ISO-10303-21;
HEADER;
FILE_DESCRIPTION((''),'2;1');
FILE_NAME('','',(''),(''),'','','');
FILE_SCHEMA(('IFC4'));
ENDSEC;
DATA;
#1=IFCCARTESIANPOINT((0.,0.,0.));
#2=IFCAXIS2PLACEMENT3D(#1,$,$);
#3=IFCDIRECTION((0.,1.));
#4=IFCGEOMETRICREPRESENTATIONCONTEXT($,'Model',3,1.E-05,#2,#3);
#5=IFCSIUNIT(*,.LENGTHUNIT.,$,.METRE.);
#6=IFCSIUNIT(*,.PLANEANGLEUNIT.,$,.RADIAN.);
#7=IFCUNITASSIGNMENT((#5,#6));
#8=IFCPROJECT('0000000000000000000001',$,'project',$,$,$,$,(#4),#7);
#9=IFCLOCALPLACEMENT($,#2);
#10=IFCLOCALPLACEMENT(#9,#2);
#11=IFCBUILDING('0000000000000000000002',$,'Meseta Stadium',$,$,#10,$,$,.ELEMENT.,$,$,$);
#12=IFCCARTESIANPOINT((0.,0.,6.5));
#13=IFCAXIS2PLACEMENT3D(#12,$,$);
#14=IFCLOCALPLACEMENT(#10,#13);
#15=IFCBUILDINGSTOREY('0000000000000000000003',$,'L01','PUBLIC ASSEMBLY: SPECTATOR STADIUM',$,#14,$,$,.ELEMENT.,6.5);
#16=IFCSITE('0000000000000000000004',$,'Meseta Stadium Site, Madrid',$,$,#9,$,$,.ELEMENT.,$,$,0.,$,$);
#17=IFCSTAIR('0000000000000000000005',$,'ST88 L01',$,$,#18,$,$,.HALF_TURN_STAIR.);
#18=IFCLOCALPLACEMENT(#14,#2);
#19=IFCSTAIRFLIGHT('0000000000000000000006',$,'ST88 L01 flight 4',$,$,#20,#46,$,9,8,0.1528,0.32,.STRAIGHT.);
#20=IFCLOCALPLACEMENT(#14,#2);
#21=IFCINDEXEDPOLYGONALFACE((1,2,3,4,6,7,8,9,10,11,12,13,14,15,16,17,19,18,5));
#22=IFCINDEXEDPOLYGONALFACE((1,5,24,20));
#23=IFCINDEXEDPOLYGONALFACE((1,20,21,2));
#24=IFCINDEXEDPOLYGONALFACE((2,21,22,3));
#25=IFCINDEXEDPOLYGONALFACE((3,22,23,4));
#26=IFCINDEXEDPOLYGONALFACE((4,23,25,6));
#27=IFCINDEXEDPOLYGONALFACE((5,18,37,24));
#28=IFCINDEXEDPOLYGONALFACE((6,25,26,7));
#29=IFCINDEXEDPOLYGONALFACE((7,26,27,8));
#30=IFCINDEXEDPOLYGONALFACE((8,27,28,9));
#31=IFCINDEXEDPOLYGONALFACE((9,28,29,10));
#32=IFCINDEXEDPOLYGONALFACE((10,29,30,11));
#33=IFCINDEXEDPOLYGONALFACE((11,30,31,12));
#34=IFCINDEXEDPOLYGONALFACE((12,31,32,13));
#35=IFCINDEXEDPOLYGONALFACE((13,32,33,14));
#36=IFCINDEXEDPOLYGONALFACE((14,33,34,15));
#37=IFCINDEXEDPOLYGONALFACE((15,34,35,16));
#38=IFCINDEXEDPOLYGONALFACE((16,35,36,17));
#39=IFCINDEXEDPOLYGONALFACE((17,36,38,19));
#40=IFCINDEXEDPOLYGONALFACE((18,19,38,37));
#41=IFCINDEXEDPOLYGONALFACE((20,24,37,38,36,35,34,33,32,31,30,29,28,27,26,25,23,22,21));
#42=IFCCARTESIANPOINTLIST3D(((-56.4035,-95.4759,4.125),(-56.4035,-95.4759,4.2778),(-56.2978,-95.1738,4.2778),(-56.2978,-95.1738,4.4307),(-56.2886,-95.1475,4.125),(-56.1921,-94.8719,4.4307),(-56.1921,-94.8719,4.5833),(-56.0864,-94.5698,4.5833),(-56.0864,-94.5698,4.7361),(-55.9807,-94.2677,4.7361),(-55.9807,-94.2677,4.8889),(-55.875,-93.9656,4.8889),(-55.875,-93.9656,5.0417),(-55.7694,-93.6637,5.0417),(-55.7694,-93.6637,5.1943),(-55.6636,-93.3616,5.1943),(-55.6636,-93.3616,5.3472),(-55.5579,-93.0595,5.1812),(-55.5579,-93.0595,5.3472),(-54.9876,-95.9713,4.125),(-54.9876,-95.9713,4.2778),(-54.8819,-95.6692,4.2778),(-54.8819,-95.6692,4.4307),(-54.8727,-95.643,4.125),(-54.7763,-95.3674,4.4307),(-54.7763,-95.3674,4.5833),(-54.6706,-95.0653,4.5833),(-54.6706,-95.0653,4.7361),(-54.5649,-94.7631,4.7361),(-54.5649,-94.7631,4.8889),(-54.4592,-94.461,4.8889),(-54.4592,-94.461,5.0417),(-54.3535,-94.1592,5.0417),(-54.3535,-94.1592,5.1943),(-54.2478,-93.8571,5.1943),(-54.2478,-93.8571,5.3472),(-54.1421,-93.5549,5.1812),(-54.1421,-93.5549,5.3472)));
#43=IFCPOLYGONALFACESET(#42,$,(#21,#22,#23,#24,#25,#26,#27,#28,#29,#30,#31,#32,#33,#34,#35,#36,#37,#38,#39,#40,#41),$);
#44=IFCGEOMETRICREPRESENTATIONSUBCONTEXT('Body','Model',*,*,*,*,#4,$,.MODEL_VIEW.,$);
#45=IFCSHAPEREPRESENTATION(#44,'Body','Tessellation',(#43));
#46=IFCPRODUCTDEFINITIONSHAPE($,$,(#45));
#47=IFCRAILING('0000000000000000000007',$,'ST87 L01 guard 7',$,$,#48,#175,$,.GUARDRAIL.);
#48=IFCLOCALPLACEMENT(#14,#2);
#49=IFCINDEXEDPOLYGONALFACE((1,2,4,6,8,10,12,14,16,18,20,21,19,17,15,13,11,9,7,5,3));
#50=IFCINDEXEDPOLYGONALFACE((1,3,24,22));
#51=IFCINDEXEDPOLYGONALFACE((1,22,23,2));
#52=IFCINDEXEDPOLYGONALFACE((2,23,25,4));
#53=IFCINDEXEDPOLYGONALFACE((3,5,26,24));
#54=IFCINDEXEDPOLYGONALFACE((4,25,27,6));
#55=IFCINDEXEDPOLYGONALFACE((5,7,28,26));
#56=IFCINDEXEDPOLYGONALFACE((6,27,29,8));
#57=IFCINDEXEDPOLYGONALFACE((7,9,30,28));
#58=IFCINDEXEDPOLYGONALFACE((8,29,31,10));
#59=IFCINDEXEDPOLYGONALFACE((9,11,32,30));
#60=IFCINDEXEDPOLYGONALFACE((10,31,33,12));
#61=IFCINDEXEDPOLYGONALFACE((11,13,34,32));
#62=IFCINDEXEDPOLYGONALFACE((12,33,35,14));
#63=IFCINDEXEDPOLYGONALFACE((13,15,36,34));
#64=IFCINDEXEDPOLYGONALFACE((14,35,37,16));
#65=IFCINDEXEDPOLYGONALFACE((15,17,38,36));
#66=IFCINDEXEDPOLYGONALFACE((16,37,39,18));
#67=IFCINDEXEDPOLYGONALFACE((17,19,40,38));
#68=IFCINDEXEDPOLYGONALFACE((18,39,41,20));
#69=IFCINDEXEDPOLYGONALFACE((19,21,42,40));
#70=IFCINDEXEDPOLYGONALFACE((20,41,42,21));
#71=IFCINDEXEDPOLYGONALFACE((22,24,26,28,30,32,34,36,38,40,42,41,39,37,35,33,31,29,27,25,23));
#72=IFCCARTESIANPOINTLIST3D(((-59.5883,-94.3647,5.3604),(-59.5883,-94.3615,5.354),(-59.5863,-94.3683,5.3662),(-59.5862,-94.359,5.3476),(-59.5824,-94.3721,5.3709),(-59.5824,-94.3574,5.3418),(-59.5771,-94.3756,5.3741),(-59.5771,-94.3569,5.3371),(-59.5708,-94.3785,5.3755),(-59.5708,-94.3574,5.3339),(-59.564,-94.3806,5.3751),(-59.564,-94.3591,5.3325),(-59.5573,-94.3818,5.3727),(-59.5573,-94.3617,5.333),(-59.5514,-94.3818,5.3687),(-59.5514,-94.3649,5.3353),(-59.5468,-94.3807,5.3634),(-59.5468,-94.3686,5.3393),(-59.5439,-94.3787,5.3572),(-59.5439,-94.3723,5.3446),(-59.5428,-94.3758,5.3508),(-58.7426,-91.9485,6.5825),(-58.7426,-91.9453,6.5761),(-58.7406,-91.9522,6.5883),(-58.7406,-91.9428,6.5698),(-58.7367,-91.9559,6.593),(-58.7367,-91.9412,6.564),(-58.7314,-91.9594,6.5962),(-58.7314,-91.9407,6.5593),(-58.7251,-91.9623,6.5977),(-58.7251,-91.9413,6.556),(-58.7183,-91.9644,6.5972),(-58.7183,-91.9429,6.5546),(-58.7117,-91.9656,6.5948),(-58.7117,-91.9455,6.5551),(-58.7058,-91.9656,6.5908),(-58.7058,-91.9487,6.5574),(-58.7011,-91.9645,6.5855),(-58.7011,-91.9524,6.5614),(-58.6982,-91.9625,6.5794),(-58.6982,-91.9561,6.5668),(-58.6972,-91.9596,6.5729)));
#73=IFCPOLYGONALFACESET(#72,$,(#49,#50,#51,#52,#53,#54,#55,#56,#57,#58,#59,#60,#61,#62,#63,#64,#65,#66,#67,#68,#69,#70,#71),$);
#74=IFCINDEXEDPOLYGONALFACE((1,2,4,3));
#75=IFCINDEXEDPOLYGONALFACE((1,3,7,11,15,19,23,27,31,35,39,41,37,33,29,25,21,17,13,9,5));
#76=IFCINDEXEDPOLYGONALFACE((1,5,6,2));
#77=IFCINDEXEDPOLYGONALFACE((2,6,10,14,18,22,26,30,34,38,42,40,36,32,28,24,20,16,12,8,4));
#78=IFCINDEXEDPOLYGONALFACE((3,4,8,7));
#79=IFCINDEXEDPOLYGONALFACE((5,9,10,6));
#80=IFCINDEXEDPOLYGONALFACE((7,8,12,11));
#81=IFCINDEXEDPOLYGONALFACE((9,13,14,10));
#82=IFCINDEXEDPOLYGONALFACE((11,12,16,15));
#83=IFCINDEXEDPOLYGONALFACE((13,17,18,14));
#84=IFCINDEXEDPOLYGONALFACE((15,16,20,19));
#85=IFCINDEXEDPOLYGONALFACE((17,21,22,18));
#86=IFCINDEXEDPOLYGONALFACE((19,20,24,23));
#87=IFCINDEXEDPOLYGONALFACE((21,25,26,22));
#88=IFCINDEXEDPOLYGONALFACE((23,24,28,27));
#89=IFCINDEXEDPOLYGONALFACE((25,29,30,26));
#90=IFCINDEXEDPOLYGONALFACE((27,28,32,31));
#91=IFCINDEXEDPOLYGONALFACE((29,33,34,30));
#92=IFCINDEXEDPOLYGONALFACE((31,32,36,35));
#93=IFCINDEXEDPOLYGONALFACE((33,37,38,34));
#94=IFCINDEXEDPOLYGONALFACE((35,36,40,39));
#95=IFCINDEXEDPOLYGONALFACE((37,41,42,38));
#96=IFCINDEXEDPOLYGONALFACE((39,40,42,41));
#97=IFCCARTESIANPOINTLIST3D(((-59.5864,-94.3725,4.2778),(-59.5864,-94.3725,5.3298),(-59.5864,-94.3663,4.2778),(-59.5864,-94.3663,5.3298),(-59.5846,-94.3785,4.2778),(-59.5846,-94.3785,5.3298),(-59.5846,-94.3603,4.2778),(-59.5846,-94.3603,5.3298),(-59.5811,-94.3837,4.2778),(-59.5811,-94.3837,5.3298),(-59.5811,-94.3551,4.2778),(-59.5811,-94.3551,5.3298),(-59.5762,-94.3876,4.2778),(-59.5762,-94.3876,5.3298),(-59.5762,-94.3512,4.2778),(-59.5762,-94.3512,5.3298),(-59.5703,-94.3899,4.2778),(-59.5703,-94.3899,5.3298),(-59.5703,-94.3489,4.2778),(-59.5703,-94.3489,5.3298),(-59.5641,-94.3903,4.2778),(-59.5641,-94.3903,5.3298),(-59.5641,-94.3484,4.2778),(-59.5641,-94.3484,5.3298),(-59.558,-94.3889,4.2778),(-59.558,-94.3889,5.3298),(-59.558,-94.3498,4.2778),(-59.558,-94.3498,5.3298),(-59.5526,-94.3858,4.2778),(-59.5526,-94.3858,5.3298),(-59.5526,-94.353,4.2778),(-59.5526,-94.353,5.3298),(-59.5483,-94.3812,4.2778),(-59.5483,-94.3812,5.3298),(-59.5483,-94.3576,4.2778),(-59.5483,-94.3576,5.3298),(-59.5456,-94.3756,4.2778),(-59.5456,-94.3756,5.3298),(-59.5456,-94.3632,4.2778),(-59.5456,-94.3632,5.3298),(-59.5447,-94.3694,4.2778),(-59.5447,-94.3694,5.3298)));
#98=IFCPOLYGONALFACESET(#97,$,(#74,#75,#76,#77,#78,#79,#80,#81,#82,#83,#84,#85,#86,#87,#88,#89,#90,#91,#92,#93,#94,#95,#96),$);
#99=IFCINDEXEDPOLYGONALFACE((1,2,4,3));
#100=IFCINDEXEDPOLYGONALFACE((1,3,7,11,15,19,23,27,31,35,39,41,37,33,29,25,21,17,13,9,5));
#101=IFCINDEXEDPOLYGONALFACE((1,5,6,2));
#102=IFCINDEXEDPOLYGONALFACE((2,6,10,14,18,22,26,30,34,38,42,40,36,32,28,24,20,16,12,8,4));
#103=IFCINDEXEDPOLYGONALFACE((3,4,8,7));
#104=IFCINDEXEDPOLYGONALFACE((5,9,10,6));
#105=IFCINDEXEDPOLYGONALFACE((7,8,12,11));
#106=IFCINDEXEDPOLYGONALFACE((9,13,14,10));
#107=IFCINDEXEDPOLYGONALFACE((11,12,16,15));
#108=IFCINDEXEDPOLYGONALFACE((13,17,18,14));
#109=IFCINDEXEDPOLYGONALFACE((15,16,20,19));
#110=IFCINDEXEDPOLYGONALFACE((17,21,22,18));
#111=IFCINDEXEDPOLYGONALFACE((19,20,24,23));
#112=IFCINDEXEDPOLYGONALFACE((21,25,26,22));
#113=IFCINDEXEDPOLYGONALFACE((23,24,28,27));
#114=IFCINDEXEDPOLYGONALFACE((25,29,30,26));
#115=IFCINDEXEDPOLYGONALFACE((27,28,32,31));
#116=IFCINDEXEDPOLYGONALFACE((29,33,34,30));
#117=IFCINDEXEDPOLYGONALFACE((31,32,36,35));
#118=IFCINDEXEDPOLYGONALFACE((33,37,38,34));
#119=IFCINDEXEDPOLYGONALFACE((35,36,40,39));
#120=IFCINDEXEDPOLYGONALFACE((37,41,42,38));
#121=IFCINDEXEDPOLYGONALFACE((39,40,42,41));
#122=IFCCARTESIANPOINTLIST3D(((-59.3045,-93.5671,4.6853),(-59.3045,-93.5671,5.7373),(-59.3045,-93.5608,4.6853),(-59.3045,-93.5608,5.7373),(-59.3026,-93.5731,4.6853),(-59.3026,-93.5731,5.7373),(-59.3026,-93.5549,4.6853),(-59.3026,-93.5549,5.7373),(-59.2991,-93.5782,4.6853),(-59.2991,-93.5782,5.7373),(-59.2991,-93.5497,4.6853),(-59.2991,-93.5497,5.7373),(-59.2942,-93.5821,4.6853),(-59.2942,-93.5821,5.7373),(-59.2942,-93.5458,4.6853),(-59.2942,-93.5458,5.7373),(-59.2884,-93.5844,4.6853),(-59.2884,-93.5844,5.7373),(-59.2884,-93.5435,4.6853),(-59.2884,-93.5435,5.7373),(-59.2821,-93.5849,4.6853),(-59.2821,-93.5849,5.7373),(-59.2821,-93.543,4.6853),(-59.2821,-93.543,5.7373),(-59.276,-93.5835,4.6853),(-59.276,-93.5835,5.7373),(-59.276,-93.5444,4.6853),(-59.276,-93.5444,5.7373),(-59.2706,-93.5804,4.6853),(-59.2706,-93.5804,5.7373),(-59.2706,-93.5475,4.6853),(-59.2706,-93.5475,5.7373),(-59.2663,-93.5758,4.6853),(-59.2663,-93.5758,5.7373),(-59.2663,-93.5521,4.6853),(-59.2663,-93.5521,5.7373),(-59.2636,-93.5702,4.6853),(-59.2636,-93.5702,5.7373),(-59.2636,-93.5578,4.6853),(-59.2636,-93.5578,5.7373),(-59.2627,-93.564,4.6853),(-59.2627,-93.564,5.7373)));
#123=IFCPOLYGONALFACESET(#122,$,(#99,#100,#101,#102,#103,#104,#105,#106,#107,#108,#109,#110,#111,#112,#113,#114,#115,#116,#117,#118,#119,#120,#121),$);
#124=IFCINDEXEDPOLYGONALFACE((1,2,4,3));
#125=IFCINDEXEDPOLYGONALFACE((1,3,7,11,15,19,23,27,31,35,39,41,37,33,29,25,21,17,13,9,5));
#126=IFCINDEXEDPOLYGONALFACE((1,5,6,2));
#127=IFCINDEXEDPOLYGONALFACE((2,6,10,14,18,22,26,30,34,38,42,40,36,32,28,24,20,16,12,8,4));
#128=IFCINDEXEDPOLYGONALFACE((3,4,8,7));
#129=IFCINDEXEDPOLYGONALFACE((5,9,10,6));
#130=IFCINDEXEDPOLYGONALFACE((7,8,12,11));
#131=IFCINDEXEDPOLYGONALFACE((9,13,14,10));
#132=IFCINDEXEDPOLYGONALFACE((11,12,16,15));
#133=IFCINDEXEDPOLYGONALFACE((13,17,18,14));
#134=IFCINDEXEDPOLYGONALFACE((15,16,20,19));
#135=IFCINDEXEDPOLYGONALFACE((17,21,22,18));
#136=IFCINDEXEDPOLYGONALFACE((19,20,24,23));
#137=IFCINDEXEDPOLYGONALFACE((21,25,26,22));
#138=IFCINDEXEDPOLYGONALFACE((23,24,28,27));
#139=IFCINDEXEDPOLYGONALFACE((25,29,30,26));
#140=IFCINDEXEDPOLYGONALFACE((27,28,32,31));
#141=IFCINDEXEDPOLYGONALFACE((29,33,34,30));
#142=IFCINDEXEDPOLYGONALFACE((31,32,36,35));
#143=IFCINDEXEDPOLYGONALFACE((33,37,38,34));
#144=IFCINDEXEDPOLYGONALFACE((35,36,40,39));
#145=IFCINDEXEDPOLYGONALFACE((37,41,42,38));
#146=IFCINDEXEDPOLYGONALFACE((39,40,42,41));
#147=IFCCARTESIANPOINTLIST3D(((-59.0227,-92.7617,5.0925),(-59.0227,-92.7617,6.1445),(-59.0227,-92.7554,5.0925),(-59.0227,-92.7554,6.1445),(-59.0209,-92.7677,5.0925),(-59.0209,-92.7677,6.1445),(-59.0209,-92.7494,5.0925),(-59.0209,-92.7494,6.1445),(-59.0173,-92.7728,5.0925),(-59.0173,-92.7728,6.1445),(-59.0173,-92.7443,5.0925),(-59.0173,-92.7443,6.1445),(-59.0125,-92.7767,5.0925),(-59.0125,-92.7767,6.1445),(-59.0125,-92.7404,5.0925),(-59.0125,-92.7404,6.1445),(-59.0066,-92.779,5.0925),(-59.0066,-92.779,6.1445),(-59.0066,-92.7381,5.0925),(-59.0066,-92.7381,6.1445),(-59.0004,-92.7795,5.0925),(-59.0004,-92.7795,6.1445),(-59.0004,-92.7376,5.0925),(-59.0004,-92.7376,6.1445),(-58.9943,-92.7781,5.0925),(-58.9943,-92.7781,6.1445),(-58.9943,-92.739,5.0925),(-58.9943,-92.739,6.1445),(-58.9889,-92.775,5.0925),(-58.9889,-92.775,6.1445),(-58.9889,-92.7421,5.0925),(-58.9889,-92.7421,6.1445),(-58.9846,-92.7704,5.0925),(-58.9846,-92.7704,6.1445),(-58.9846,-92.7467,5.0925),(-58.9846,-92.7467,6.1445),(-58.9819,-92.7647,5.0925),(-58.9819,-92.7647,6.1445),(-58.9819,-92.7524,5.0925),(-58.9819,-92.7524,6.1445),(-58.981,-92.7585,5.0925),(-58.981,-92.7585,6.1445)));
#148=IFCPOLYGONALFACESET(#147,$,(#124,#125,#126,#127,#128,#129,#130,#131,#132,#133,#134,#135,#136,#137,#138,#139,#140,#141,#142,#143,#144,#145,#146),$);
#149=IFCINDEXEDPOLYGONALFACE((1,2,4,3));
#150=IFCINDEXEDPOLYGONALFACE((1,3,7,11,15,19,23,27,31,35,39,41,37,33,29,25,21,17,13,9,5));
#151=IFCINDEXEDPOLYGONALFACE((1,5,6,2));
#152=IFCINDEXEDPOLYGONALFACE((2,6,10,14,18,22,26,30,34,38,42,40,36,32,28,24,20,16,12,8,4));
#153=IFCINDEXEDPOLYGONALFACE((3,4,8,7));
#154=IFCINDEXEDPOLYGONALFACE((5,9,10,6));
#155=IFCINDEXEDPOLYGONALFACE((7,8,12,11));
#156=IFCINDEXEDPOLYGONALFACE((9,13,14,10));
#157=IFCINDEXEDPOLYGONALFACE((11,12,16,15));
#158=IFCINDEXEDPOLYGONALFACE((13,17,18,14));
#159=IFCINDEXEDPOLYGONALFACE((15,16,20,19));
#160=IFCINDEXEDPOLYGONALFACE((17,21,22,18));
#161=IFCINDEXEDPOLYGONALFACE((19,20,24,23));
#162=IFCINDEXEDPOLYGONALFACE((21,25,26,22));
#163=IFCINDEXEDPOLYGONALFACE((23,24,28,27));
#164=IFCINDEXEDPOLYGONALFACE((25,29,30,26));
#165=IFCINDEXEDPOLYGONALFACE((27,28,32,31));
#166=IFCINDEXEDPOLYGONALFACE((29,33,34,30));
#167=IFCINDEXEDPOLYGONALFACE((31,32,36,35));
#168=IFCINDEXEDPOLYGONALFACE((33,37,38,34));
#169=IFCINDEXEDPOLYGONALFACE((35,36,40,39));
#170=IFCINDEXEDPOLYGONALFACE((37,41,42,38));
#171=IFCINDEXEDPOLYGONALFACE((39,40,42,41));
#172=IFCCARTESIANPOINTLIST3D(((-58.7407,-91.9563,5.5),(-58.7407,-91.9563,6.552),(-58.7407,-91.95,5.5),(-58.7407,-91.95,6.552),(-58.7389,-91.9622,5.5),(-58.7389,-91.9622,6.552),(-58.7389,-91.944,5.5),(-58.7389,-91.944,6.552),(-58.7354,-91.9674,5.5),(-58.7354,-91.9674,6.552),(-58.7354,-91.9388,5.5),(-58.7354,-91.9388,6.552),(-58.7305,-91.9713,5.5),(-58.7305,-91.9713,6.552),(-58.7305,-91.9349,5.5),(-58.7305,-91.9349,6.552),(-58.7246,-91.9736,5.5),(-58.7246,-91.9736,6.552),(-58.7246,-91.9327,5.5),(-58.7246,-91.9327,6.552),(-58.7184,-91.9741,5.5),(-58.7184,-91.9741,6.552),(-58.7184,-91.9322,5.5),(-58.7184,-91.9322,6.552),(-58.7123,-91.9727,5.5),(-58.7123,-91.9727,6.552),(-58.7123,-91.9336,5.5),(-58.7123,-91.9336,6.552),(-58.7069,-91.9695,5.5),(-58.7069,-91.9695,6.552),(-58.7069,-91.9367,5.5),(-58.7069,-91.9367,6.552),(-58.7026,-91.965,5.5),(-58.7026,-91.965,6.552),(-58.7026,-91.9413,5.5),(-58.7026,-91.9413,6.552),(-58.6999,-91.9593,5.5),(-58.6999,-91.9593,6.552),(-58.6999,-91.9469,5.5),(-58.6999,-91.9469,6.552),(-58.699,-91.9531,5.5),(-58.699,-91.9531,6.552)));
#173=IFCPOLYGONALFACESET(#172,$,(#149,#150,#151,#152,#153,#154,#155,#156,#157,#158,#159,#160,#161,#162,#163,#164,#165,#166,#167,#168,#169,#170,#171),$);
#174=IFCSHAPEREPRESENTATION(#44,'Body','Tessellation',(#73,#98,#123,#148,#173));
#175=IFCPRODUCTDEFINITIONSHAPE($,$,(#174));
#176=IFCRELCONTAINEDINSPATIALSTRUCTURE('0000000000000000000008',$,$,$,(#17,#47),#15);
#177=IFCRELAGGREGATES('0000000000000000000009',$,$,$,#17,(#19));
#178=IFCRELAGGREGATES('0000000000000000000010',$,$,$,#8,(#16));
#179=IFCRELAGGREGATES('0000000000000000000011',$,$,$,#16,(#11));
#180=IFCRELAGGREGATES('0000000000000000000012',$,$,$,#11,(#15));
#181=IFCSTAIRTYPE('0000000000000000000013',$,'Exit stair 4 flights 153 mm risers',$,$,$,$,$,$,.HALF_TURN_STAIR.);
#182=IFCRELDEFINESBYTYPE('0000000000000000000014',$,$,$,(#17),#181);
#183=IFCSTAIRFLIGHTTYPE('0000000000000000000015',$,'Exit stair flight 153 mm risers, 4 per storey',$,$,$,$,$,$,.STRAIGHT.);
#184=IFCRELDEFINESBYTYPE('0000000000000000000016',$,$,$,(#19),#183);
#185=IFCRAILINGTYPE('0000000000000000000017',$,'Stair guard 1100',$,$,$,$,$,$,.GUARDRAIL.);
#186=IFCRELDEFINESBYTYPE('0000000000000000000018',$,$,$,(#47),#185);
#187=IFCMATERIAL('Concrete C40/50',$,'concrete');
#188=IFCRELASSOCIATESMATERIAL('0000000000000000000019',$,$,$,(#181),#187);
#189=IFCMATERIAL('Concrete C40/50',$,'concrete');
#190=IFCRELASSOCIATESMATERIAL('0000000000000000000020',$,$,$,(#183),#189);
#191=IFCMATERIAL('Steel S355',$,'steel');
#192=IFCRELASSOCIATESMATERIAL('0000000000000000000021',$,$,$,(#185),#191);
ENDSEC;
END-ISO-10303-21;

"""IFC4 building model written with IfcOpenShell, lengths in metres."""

from ifc_helpers import new_model, si_unit, direction, frame, origin, origin_2d, place, context, subcontext, project, spatial, polyline, circle, outline, extrude, material, type_object, element, aggregate, save


model = new_model("IFC4")

# Units and contexts
model_context = context("Model", 3, precision=1e-05, world=origin(), true_north=direction((0.0, 1.0)))
body_context = subcontext(model_context, "Body", "Model", "MODEL_VIEW")
ifc_project = project(units=[si_unit("LENGTHUNIT", "METRE"), si_unit("PLANEANGLEUNIT", "RADIAN")], contexts=[model_context])

# Site, building, storey
site_placement = place(None, origin())
site = spatial("IfcSite", under=ifc_project, at=site_placement, Name="Meseta Stadium Site, Madrid", CompositionType="ELEMENT", RefElevation=0.0)
building_placement = place(site_placement, origin())
building = spatial("IfcBuilding", under=site, at=building_placement, Name="Meseta Stadium", CompositionType="ELEMENT")
storey_placement = place(building_placement, frame((0.0, 0.0, 6.5)))
storey = spatial("IfcBuildingStorey", under=building, at=storey_placement, Name="L01", Description="PUBLIC ASSEMBLY: SPECTATOR STADIUM", CompositionType="ELEMENT", Elevation=6.5)

# Stair, stair flight
ifc_material_1 = material(Name="Concrete C40/50", Category="concrete")
stair_type = type_object("IfcStairType", Name="Exit stair 4 flights 153 mm risers", PredefinedType="HALF_TURN_STAIR", material=ifc_material_1)
ifc_material_2 = material(Name="Concrete C40/50", Category="concrete")
stair_flight_type = type_object("IfcStairFlightType", Name="Exit stair flight 153 mm risers, 4 per storey", PredefinedType="STRAIGHT", material=ifc_material_2)
stair_1_placement = place(storey_placement, origin())
stair_1 = element("IfcStair", 1, at=stair_1_placement, inside=storey, type_object=stair_type, Name="ST88 L01", PredefinedType="HALF_TURN_STAIR")
stair_flight_1_placement = place(storey_placement, frame((-55.6956, -95.7236, 4.125), z_axis=(0.0, 0.0, 1.0), x_axis=(0.330279, 0.943883, 0.0)))
stair_flight_1 = element("IfcStairFlight", 2, at=stair_flight_1_placement, type_object=stair_flight_type, Name="ST88 L01 flight 4", NumberOfRisers=9, NumberOfTreads=8, PredefinedType="STRAIGHT", RiserHeight=0.1528, TreadLength=0.32, context=body_context, shape_type="SweptSolid", body=[
    extrude(outline(polyline([(0.0, 0.0), (0.0, 0.1528), (0.3201, 0.1528), (0.3201, 0.3057), (0.6399, 0.3057), (0.6399, 0.4583), (0.96, 0.4583), (0.96, 0.6111), (1.28, 0.6111), (1.28, 0.7639), (1.6001, 0.7639), (1.6001, 0.9167), (1.9199, 0.9167), (1.9199, 1.0693), (2.24, 1.0693), (2.24, 1.2222), (2.5601, 1.2222), (2.5601, 1.0562), (0.3479, 0.0), (0.0, 0.0)])), frame((0.0, 0.75, 0.0), z_axis=(0.0, -1.0, 0.0), x_axis=(1.0, 0.0, 0.0)), (0.0, 0.0, 1.0), 1.5),
])
aggregate(stair_1, [stair_flight_1])

# Railing
ifc_material_3 = material(Name="Steel S355", Category="steel")
railing_type_1 = type_object("IfcRailingType", Name="Stair guard 1100", PredefinedType="GUARDRAIL", material=ifc_material_3)
railing_1_placement = place(storey_placement, frame((-59.5657, -94.3694, 4.2778)))
element("IfcRailing", 3, at=railing_1_placement, inside=storey, type_object=railing_type_1, Name="ST87 L01 guard 7", PredefinedType="GUARDRAIL", context=body_context, shape_type="SweptSolid", body=[
    extrude(circle(Radius=0.0239, at=origin_2d()), frame((0.0, 0.0, 1.0762), z_axis=(0.298123, 0.851767, 0.430832), x_axis=(-0.943857, 0.330355, 0.0)), (0.0, 0.0, 1.0), 2.8367),
    extrude(circle(Radius=0.021, at=origin_2d()), origin(), (0.0, 0.0, 1.0), 1.052),
    extrude(circle(Radius=0.021, at=origin_2d()), frame((0.282, 0.8054, 0.4075)), (0.0, 0.0, 1.0), 1.052),
    extrude(circle(Radius=0.021, at=origin_2d()), frame((0.5637, 1.6108, 0.8147)), (0.0, 0.0, 1.0), 1.052),
    extrude(circle(Radius=0.021, at=origin_2d()), frame((0.8457, 2.4163, 1.2222)), (0.0, 0.0, 1.0), 1.052),
])

save(model, "model.ifc")
